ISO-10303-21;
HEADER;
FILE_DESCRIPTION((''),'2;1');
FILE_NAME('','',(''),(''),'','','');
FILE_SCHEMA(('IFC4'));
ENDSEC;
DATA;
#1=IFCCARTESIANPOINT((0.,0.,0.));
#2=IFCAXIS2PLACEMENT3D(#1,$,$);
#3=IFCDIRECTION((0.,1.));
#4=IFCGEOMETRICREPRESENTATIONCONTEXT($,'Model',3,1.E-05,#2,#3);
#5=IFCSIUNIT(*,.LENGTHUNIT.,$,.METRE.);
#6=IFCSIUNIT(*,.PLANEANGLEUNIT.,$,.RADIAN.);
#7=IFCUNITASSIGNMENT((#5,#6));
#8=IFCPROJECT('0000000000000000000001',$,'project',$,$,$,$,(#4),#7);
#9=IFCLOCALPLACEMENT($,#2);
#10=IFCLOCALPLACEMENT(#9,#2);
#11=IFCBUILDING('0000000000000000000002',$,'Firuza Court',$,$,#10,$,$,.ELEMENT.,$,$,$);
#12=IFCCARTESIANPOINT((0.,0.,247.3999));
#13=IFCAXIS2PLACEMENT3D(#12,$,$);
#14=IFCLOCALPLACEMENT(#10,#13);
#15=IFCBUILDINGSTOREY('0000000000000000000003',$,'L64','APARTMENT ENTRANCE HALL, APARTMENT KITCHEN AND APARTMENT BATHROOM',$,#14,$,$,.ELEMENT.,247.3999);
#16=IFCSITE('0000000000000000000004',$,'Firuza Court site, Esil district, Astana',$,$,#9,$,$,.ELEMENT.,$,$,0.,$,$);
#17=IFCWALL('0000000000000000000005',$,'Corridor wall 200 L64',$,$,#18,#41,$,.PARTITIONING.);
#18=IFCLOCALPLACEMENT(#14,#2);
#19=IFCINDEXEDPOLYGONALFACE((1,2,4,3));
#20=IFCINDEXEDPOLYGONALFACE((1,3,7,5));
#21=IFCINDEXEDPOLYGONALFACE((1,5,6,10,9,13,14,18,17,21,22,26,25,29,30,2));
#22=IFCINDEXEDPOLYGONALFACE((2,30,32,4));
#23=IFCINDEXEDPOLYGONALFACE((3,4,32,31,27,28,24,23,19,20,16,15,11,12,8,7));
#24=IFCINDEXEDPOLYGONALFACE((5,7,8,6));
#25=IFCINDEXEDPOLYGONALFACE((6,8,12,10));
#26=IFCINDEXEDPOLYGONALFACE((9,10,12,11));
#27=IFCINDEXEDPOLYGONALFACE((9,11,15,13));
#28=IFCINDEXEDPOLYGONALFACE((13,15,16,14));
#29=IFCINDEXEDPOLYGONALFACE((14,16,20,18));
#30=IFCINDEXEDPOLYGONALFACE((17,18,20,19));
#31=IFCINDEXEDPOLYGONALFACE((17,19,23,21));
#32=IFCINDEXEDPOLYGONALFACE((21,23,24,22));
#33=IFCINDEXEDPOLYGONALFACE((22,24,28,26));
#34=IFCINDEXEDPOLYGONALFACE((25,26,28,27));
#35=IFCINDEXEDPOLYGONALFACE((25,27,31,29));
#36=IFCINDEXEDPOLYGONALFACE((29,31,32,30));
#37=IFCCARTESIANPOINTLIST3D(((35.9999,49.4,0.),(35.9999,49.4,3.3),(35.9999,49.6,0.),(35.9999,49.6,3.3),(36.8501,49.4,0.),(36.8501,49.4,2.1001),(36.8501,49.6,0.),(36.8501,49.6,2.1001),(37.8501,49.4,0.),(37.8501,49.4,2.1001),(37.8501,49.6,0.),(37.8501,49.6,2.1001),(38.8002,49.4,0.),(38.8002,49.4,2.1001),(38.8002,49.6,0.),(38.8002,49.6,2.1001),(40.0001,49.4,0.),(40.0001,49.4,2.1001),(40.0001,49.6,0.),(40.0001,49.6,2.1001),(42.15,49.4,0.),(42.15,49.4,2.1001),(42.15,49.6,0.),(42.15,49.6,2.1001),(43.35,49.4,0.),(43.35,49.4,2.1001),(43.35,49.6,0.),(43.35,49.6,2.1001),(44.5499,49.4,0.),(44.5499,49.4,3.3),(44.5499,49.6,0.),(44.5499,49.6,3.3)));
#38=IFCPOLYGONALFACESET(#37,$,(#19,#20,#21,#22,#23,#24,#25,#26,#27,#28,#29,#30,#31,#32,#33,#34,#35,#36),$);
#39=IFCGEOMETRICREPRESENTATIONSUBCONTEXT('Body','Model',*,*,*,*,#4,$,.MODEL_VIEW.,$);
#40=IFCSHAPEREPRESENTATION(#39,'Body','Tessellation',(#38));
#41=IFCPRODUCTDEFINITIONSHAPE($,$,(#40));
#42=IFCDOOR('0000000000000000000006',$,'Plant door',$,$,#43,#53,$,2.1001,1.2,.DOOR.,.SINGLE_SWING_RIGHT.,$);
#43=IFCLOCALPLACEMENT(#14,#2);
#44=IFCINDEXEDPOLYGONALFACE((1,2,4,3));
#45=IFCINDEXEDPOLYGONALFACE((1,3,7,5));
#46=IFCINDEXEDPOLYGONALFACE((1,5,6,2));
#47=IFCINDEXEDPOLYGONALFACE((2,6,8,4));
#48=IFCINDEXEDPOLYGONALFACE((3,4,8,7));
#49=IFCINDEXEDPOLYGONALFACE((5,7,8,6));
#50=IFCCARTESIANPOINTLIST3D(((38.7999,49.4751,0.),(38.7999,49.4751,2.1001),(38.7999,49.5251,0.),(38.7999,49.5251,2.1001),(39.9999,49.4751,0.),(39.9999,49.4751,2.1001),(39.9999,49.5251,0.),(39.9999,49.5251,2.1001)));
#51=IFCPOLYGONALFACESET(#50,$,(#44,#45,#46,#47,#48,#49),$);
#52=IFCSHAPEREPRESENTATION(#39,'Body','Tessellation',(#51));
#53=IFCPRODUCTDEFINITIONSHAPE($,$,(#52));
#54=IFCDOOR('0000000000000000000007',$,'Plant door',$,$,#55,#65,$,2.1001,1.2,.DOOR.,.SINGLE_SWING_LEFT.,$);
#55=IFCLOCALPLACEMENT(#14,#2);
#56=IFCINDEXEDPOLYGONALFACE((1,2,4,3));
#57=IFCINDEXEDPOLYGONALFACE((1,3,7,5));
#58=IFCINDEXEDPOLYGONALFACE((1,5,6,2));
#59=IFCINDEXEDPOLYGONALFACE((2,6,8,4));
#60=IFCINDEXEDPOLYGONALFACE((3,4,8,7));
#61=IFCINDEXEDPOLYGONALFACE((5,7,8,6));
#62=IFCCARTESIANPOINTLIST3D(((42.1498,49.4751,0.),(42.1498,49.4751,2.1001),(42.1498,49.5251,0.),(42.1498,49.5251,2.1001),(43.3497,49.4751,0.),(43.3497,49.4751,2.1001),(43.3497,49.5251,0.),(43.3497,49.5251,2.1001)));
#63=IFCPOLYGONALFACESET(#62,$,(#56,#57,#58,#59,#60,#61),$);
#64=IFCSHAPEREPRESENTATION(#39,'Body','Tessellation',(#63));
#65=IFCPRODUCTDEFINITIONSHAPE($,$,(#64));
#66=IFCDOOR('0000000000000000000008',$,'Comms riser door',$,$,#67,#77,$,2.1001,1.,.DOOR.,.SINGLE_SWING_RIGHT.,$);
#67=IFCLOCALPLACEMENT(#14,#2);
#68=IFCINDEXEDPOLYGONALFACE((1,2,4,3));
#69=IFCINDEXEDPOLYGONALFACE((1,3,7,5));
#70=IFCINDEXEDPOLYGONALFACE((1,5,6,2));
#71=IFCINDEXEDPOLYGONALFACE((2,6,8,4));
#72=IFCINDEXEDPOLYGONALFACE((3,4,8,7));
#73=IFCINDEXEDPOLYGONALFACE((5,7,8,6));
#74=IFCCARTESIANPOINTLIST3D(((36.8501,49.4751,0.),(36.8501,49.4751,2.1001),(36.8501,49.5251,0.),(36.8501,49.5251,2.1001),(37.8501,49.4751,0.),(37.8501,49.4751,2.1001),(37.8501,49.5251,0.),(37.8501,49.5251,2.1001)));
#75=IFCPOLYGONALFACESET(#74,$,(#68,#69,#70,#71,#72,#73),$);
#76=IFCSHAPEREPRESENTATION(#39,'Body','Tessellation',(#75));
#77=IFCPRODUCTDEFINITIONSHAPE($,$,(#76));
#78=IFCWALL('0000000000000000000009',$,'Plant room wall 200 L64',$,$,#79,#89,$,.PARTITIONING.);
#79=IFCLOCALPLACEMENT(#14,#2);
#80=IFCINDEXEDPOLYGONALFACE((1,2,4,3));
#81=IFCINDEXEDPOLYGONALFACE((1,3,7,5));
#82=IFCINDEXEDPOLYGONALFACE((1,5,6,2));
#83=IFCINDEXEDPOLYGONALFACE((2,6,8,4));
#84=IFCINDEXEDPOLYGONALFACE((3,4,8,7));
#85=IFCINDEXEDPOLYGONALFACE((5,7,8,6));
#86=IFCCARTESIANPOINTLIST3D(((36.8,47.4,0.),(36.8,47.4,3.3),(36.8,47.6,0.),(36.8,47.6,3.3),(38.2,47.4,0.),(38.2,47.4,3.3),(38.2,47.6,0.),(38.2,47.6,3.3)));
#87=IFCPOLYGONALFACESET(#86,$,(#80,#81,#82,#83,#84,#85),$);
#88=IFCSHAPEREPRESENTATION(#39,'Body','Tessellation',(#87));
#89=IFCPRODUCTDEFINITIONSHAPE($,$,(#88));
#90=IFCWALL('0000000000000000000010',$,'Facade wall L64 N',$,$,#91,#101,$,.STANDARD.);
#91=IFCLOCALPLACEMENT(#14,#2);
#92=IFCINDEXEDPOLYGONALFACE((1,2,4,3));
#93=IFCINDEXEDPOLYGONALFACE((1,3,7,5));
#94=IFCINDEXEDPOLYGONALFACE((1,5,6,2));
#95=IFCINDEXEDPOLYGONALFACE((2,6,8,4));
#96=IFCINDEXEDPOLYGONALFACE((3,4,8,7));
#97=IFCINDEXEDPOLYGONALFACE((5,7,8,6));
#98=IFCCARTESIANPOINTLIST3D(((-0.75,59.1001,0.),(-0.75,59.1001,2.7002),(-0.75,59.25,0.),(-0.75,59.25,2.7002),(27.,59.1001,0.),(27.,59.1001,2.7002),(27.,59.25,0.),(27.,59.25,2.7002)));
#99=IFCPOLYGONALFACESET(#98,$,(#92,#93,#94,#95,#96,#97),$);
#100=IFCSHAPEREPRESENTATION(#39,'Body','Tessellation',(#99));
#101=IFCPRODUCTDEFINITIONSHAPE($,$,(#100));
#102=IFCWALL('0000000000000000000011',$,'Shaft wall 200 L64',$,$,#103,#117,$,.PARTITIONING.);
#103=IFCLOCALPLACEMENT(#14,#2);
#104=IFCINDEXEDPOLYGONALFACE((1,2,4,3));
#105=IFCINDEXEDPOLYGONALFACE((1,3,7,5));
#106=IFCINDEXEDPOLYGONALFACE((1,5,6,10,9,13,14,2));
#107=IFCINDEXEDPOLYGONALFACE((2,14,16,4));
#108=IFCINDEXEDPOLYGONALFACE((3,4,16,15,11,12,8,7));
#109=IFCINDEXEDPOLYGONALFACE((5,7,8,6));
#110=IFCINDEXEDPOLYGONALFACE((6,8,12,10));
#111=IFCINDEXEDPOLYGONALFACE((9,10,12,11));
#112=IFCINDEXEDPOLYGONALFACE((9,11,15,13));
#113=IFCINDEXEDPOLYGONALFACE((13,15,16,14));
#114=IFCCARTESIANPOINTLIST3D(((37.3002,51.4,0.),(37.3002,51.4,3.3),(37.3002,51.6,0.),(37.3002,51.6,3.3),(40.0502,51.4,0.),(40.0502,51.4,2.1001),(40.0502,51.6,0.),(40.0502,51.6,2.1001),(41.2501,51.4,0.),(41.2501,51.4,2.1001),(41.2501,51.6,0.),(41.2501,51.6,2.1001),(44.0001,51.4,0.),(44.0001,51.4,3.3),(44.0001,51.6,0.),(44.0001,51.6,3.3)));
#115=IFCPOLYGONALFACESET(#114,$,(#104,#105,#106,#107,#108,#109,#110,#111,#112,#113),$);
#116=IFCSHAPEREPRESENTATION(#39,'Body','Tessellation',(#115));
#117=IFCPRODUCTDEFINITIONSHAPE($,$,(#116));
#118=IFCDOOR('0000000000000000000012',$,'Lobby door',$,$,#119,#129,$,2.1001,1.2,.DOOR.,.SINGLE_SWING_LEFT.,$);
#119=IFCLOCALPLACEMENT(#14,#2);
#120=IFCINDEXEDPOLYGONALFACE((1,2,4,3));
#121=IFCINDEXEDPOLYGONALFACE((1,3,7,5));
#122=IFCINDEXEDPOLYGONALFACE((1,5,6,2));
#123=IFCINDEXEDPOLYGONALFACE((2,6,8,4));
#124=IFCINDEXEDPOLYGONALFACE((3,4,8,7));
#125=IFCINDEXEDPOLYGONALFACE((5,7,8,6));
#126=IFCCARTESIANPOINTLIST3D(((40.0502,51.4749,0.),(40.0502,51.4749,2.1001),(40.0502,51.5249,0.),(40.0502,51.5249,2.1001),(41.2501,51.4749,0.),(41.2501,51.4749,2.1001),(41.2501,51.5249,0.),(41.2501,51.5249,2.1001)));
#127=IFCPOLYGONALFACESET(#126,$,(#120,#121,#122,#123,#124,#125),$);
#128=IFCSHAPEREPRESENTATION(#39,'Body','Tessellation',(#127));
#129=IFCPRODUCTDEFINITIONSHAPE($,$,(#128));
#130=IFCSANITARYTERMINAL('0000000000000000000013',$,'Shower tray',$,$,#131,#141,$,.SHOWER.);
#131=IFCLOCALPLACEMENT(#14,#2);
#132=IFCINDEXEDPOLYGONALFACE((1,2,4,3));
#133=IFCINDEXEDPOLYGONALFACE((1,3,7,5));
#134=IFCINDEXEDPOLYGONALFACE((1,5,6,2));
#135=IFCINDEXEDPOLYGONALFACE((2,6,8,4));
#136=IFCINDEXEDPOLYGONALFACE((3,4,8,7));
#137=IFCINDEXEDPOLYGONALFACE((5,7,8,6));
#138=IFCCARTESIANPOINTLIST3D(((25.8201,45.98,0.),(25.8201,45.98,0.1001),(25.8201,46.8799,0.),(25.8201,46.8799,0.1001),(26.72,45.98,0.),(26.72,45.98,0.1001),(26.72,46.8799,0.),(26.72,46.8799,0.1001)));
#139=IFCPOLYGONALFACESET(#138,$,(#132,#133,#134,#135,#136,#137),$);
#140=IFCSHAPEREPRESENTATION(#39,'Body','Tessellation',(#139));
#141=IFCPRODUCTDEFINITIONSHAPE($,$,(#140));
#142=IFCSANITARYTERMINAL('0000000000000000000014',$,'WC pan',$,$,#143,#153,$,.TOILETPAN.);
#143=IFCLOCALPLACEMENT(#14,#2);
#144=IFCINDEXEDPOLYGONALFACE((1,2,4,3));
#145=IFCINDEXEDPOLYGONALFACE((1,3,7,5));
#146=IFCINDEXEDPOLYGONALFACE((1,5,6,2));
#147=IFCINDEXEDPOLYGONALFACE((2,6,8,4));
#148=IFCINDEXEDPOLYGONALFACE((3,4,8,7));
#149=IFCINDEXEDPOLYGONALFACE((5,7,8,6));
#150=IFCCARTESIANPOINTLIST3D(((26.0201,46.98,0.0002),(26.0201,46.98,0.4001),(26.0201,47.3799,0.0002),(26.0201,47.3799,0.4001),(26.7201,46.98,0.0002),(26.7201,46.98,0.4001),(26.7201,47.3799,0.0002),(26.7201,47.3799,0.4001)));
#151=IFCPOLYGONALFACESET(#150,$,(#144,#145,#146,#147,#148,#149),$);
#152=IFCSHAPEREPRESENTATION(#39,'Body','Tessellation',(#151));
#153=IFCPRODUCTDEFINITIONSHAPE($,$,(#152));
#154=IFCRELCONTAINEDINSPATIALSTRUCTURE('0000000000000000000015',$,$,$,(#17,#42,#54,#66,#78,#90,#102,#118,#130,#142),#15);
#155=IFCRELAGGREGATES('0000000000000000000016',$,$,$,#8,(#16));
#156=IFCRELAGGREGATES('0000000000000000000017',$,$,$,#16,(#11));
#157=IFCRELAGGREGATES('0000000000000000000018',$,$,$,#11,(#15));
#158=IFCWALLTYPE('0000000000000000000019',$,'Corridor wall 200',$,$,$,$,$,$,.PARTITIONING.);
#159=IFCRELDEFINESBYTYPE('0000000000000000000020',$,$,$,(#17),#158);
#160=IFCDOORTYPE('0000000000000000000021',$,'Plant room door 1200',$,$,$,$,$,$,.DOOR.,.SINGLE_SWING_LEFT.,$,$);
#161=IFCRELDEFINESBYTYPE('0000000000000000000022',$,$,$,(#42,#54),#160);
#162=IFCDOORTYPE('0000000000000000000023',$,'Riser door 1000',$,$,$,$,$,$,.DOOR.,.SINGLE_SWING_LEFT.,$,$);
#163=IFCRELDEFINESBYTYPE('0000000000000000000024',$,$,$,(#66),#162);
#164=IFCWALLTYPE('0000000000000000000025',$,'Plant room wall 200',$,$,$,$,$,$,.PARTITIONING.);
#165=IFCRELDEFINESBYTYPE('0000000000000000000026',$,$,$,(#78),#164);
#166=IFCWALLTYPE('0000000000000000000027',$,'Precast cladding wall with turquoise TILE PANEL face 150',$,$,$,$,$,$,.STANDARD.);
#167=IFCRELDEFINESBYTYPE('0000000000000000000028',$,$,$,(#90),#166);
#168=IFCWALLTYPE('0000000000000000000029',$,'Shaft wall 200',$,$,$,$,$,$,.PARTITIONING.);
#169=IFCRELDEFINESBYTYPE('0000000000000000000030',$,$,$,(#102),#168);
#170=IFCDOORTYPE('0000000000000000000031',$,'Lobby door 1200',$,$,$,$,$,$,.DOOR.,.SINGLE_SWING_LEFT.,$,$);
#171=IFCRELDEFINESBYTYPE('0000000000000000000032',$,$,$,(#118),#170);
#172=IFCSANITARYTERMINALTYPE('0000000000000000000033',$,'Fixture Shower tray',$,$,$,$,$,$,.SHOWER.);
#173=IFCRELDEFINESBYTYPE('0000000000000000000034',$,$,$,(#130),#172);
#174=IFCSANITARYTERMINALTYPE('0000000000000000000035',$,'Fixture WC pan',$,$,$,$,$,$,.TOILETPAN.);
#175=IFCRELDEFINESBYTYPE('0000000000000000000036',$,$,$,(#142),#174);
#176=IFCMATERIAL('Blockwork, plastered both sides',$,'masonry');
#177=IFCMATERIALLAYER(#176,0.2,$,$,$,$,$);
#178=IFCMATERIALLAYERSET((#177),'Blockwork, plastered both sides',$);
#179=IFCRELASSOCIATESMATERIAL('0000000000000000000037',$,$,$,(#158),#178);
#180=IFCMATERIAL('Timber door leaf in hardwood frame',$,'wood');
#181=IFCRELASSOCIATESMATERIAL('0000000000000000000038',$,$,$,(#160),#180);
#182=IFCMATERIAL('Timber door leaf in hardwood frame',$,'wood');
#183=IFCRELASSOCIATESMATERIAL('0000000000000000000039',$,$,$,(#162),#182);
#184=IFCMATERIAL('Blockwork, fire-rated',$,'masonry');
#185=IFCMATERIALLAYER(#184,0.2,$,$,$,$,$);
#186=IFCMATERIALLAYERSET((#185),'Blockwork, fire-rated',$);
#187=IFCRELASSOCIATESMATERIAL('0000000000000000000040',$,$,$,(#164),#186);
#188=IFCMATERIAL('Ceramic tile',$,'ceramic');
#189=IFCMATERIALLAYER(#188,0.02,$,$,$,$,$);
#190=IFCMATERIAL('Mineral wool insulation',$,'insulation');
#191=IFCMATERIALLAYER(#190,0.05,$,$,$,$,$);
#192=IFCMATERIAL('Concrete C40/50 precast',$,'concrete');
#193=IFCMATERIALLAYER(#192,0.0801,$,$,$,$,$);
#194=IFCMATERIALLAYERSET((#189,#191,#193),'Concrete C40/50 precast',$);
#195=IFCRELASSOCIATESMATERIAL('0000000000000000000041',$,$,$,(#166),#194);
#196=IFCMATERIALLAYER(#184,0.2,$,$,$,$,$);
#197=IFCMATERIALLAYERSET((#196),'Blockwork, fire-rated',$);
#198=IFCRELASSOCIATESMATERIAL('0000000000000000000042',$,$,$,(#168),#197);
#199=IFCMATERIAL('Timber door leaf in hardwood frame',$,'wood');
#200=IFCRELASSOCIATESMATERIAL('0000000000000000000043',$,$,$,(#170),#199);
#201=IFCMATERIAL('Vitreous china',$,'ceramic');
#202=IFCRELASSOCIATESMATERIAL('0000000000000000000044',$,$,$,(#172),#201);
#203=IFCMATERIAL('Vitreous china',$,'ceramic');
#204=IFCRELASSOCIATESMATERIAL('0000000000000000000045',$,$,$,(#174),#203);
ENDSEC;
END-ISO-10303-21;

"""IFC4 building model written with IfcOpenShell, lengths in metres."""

from ifc_helpers import new_model, si_unit, direction, frame, frame_2d, origin, origin_2d, place, context, subcontext, project, spatial, rectangle, extrude, material, layer, layer_set, type_object, element, fill, save


model = new_model("IFC4")

# Units and contexts
model_context = context("Model", 3, precision=1e-05, world=origin(), true_north=direction((0.0, 1.0)))
body_context = subcontext(model_context, "Body", "Model", "MODEL_VIEW")
ifc_project = project(units=[si_unit("LENGTHUNIT", "METRE"), si_unit("PLANEANGLEUNIT", "RADIAN")], contexts=[model_context])

# Site, building, storey
site_placement = place(None, origin())
site = spatial("IfcSite", under=ifc_project, at=site_placement, Name="Firuza Court site, Esil district, Astana", CompositionType="ELEMENT", RefElevation=0.0)
building_placement = place(site_placement, origin())
building = spatial("IfcBuilding", under=site, at=building_placement, Name="Firuza Court", CompositionType="ELEMENT")
storey_placement = place(building_placement, frame((0.0, 0.0, 247.3999)))
storey = spatial("IfcBuildingStorey", under=building, at=storey_placement, Name="L64", Description="APARTMENT ENTRANCE HALL, APARTMENT KITCHEN AND APARTMENT BATHROOM", CompositionType="ELEMENT", Elevation=247.3999)

# Wall, openings, doors
ifc_material_1 = material(Name="Blockwork, plastered both sides", Category="masonry")
ifc_layer_1 = layer(ifc_material_1, 0.2)
ifc_layer_set_1 = layer_set([ifc_layer_1], Name="Blockwork, plastered both sides")
wall_type_1 = type_object("IfcWallType", Name="Corridor wall 200", PredefinedType="PARTITIONING", material=ifc_layer_set_1)
wall_1_placement = place(storey_placement, frame((36.0, 49.5, 0.0), z_axis=(0.0, 0.0, 1.0), x_axis=(1.0, 0.0, 0.0)))
wall_1 = element("IfcWall", 1, at=wall_1_placement, inside=storey, type_object=wall_type_1, Name="Corridor wall 200 L64", PredefinedType="PARTITIONING", context=body_context, shape_type="SweptSolid", body=[
    extrude(rectangle(XDim=8.55, YDim=0.2, at=frame_2d((4.2749, 0.0))), origin(), (0.0, 0.0, 1.0), 3.3),
])
opening_1_placement = place(wall_1_placement, frame((2.8, 0.0, 0.0)))
opening_1 = element("IfcOpeningElement", 2, at=opening_1_placement, cuts=wall_1, PredefinedType="OPENING", context=body_context, shape_type="SweptSolid", body=[
    extrude(rectangle(XDim=1.2, YDim=2.1001, at=frame_2d((0.6001, 1.05))), frame((0.0, 0.1118, 0.0), z_axis=(0.0, -1.0, 0.0), x_axis=(1.0, 0.0, 0.0)), (0.0, 0.0, 1.0), 0.2239),
])
opening_2_placement = place(wall_1_placement, frame((6.1499, 0.0, 0.0)))
opening_2 = element("IfcOpeningElement", 3, at=opening_2_placement, cuts=wall_1, PredefinedType="OPENING", context=body_context, shape_type="SweptSolid", body=[
    extrude(rectangle(XDim=1.2, YDim=2.1001, at=frame_2d((0.6001, 1.05))), frame((0.0, 0.1118, 0.0), z_axis=(0.0, -1.0, 0.0), x_axis=(1.0, 0.0, 0.0)), (0.0, 0.0, 1.0), 0.2239),
])
opening_3_placement = place(wall_1_placement, frame((0.8501, 0.0, 0.0)))
opening_3 = element("IfcOpeningElement", 4, at=opening_3_placement, cuts=wall_1, PredefinedType="OPENING", context=body_context, shape_type="SweptSolid", body=[
    extrude(rectangle(XDim=1.0, YDim=2.1001, at=frame_2d((0.5, 1.05))), frame((0.0, 0.1118, 0.0), z_axis=(0.0, -1.0, 0.0), x_axis=(1.0, 0.0, 0.0)), (0.0, 0.0, 1.0), 0.2239),
])
ifc_material_2 = material(Name="Timber door leaf in hardwood frame", Category="wood")
door_type_1 = type_object("IfcDoorType", Name="Plant room door 1200", OperationType="SINGLE_SWING_LEFT", PredefinedType="DOOR", material=ifc_material_2)
door_1_placement = place(opening_1_placement, frame((1.2, 0.0, 0.0), z_axis=(0.0, 0.0, 1.0), x_axis=(-1.0, 0.0, 0.0)))
door_1 = element("IfcDoor", 5, at=door_1_placement, inside=storey, type_object=door_type_1, Name="Plant door", OperationType="SINGLE_SWING_RIGHT", OverallHeight=2.1001, OverallWidth=1.2, PredefinedType="DOOR", context=body_context, shape_type="SweptSolid", body=[
    extrude(rectangle(XDim=1.2, YDim=2.1001, at=frame_2d((0.6001, 1.05))), frame((0.0, 0.0249, 0.0), z_axis=(0.0, -1.0, 0.0), x_axis=(1.0, 0.0, 0.0)), (0.0, 0.0, 1.0), 0.05),
])
fill(opening_1, door_1)
door_2_placement = place(opening_2_placement, frame((1.2, 0.0, 0.0), z_axis=(0.0, 0.0, 1.0), x_axis=(-1.0, 0.0, 0.0)))
door_2 = element("IfcDoor", 6, at=door_2_placement, inside=storey, type_object=door_type_1, Name="Plant door", OperationType="SINGLE_SWING_LEFT", OverallHeight=2.1001, OverallWidth=1.2, PredefinedType="DOOR", context=body_context, shape_type="SweptSolid", body=[
    extrude(rectangle(XDim=1.2, YDim=2.1001, at=frame_2d((0.6001, 1.05))), frame((0.0, 0.0249, 0.0), z_axis=(0.0, -1.0, 0.0), x_axis=(1.0, 0.0, 0.0)), (0.0, 0.0, 1.0), 0.05),
])
fill(opening_2, door_2)
ifc_material_3 = material(Name="Timber door leaf in hardwood frame", Category="wood")
door_type_2 = type_object("IfcDoorType", Name="Riser door 1000", OperationType="SINGLE_SWING_LEFT", PredefinedType="DOOR", material=ifc_material_3)
door_3_placement = place(opening_3_placement, frame((1.0, 0.0, 0.0), z_axis=(0.0, 0.0, 1.0), x_axis=(-1.0, 0.0, 0.0)))
door_3 = element("IfcDoor", 7, at=door_3_placement, inside=storey, type_object=door_type_2, Name="Comms riser door", OperationType="SINGLE_SWING_RIGHT", OverallHeight=2.1001, OverallWidth=1.0, PredefinedType="DOOR", context=body_context, shape_type="SweptSolid", body=[
    extrude(rectangle(XDim=1.0, YDim=2.1001, at=frame_2d((0.5, 1.05))), frame((0.0, 0.0249, 0.0), z_axis=(0.0, -1.0, 0.0), x_axis=(1.0, 0.0, 0.0)), (0.0, 0.0, 1.0), 0.05),
])
fill(opening_3, door_3)

# Walls
ifc_material_4 = material(Name="Blockwork, fire-rated", Category="masonry")
ifc_layer_2 = layer(ifc_material_4, 0.2)
ifc_layer_set_2 = layer_set([ifc_layer_2], Name="Blockwork, fire-rated")
wall_type_2 = type_object("IfcWallType", Name="Plant room wall 200", PredefinedType="PARTITIONING", material=ifc_layer_set_2)
wall_2_placement = place(storey_placement, frame((36.8, 47.5, 0.0), z_axis=(0.0, 0.0, 1.0), x_axis=(1.0, 0.0, 0.0)))
element("IfcWall", 8, at=wall_2_placement, inside=storey, type_object=wall_type_2, Name="Plant room wall 200 L64", PredefinedType="PARTITIONING", context=body_context, shape_type="SweptSolid", body=[
    extrude(rectangle(XDim=1.3999, YDim=0.2, at=frame_2d((0.7, 0.0))), origin(), (0.0, 0.0, 1.0), 3.3),
])
ifc_material_5 = material(Name="Ceramic tile", Category="ceramic")
ifc_layer_3 = layer(ifc_material_5, 0.02)
ifc_material_6 = material(Name="Mineral wool insulation", Category="insulation")
ifc_layer_4 = layer(ifc_material_6, 0.05)
ifc_material_7 = material(Name="Concrete C40/50 precast", Category="concrete")
ifc_layer_5 = layer(ifc_material_7, 0.0801)
ifc_layer_set_3 = layer_set([ifc_layer_3, ifc_layer_4, ifc_layer_5], Name="Concrete C40/50 precast")
wall_type_3 = type_object("IfcWallType", Name="Precast cladding wall with turquoise TILE PANEL face 150", PredefinedType="STANDARD", material=ifc_layer_set_3)
wall_3_placement = place(storey_placement, frame((27.0, 59.175, 0.0), z_axis=(0.0, 0.0, 1.0), x_axis=(-1.0, 0.0, 0.0)))
element("IfcWall", 9, at=wall_3_placement, inside=storey, type_object=wall_type_3, Name="Facade wall L64 N", PredefinedType="STANDARD", context=body_context, shape_type="SweptSolid", body=[
    extrude(rectangle(XDim=27.75, YDim=0.1499, at=frame_2d((13.875, 0.0))), origin(), (0.0, 0.0, 1.0), 2.7002),
])

# Wall, opening, door
ifc_layer_6 = layer(ifc_material_4, 0.2)
ifc_layer_set_4 = layer_set([ifc_layer_6], Name="Blockwork, fire-rated")
wall_type_4 = type_object("IfcWallType", Name="Shaft wall 200", PredefinedType="PARTITIONING", material=ifc_layer_set_4)
wall_4_placement = place(storey_placement, frame((37.3, 51.5, 0.0), z_axis=(0.0, 0.0, 1.0), x_axis=(1.0, 0.0, 0.0)))
wall_4 = element("IfcWall", 10, at=wall_4_placement, inside=storey, type_object=wall_type_4, Name="Shaft wall 200 L64", PredefinedType="PARTITIONING", context=body_context, shape_type="SweptSolid", body=[
    extrude(rectangle(XDim=6.7, YDim=0.2, at=frame_2d((3.3501, 0.0))), origin(), (0.0, 0.0, 1.0), 3.3),
])
opening_4_placement = place(wall_4_placement, frame((2.75, 0.0, 0.0)))
opening_4 = element("IfcOpeningElement", 11, at=opening_4_placement, cuts=wall_4, PredefinedType="OPENING", context=body_context, shape_type="SweptSolid", body=[
    extrude(rectangle(XDim=1.2, YDim=2.1001, at=frame_2d((0.6001, 1.05))), frame((0.0, 0.1118, 0.0), z_axis=(0.0, -1.0, 0.0), x_axis=(1.0, 0.0, 0.0)), (0.0, 0.0, 1.0), 0.2239),
])
ifc_material_8 = material(Name="Timber door leaf in hardwood frame", Category="wood")
door_type_3 = type_object("IfcDoorType", Name="Lobby door 1200", OperationType="SINGLE_SWING_LEFT", PredefinedType="DOOR", material=ifc_material_8)
door_4_placement = place(opening_4_placement, origin())
door_4 = element("IfcDoor", 12, at=door_4_placement, inside=storey, type_object=door_type_3, Name="Lobby door", OperationType="SINGLE_SWING_LEFT", OverallHeight=2.1001, OverallWidth=1.2, PredefinedType="DOOR", context=body_context, shape_type="SweptSolid", body=[
    extrude(rectangle(XDim=1.2, YDim=2.1001, at=frame_2d((0.6001, 1.05))), frame((0.0, 0.0249, 0.0), z_axis=(0.0, -1.0, 0.0), x_axis=(1.0, 0.0, 0.0)), (0.0, 0.0, 1.0), 0.05),
])
fill(opening_4, door_4)

# Sanitary terminals
ifc_material_9 = material(Name="Vitreous china", Category="ceramic")
sanitary_terminal_type_1 = type_object("IfcSanitaryTerminalType", Name="Fixture Shower tray", PredefinedType="SHOWER", material=ifc_material_9)
sanitary_terminal_1_placement = place(storey_placement, frame((26.27, 46.4299, 0.0), z_axis=(0.0, 0.0, 1.0), x_axis=(1.0, 0.0, 0.0)))
element("IfcSanitaryTerminal", 13, at=sanitary_terminal_1_placement, inside=storey, type_object=sanitary_terminal_type_1, Name="Shower tray", PredefinedType="SHOWER", context=body_context, shape_type="SweptSolid", body=[
    extrude(rectangle(XDim=0.8999, YDim=0.8999, at=origin_2d()), origin(), (0.0, 0.0, 1.0), 0.1001),
])
ifc_material_10 = material(Name="Vitreous china", Category="ceramic")
sanitary_terminal_type_2 = type_object("IfcSanitaryTerminalType", Name="Fixture WC pan", PredefinedType="TOILETPAN", material=ifc_material_10)
sanitary_terminal_2_placement = place(storey_placement, frame((26.3701, 47.1799, 0.0002), z_axis=(0.0, 0.0, 1.0), x_axis=(1.0, 0.0, 0.0)))
element("IfcSanitaryTerminal", 14, at=sanitary_terminal_2_placement, inside=storey, type_object=sanitary_terminal_type_2, Name="WC pan", PredefinedType="TOILETPAN", context=body_context, shape_type="SweptSolid", body=[
    extrude(rectangle(XDim=0.7, YDim=0.3999, at=origin_2d()), origin(), (0.0, 0.0, 1.0), 0.3999),
])

save(model, "model.ifc")
